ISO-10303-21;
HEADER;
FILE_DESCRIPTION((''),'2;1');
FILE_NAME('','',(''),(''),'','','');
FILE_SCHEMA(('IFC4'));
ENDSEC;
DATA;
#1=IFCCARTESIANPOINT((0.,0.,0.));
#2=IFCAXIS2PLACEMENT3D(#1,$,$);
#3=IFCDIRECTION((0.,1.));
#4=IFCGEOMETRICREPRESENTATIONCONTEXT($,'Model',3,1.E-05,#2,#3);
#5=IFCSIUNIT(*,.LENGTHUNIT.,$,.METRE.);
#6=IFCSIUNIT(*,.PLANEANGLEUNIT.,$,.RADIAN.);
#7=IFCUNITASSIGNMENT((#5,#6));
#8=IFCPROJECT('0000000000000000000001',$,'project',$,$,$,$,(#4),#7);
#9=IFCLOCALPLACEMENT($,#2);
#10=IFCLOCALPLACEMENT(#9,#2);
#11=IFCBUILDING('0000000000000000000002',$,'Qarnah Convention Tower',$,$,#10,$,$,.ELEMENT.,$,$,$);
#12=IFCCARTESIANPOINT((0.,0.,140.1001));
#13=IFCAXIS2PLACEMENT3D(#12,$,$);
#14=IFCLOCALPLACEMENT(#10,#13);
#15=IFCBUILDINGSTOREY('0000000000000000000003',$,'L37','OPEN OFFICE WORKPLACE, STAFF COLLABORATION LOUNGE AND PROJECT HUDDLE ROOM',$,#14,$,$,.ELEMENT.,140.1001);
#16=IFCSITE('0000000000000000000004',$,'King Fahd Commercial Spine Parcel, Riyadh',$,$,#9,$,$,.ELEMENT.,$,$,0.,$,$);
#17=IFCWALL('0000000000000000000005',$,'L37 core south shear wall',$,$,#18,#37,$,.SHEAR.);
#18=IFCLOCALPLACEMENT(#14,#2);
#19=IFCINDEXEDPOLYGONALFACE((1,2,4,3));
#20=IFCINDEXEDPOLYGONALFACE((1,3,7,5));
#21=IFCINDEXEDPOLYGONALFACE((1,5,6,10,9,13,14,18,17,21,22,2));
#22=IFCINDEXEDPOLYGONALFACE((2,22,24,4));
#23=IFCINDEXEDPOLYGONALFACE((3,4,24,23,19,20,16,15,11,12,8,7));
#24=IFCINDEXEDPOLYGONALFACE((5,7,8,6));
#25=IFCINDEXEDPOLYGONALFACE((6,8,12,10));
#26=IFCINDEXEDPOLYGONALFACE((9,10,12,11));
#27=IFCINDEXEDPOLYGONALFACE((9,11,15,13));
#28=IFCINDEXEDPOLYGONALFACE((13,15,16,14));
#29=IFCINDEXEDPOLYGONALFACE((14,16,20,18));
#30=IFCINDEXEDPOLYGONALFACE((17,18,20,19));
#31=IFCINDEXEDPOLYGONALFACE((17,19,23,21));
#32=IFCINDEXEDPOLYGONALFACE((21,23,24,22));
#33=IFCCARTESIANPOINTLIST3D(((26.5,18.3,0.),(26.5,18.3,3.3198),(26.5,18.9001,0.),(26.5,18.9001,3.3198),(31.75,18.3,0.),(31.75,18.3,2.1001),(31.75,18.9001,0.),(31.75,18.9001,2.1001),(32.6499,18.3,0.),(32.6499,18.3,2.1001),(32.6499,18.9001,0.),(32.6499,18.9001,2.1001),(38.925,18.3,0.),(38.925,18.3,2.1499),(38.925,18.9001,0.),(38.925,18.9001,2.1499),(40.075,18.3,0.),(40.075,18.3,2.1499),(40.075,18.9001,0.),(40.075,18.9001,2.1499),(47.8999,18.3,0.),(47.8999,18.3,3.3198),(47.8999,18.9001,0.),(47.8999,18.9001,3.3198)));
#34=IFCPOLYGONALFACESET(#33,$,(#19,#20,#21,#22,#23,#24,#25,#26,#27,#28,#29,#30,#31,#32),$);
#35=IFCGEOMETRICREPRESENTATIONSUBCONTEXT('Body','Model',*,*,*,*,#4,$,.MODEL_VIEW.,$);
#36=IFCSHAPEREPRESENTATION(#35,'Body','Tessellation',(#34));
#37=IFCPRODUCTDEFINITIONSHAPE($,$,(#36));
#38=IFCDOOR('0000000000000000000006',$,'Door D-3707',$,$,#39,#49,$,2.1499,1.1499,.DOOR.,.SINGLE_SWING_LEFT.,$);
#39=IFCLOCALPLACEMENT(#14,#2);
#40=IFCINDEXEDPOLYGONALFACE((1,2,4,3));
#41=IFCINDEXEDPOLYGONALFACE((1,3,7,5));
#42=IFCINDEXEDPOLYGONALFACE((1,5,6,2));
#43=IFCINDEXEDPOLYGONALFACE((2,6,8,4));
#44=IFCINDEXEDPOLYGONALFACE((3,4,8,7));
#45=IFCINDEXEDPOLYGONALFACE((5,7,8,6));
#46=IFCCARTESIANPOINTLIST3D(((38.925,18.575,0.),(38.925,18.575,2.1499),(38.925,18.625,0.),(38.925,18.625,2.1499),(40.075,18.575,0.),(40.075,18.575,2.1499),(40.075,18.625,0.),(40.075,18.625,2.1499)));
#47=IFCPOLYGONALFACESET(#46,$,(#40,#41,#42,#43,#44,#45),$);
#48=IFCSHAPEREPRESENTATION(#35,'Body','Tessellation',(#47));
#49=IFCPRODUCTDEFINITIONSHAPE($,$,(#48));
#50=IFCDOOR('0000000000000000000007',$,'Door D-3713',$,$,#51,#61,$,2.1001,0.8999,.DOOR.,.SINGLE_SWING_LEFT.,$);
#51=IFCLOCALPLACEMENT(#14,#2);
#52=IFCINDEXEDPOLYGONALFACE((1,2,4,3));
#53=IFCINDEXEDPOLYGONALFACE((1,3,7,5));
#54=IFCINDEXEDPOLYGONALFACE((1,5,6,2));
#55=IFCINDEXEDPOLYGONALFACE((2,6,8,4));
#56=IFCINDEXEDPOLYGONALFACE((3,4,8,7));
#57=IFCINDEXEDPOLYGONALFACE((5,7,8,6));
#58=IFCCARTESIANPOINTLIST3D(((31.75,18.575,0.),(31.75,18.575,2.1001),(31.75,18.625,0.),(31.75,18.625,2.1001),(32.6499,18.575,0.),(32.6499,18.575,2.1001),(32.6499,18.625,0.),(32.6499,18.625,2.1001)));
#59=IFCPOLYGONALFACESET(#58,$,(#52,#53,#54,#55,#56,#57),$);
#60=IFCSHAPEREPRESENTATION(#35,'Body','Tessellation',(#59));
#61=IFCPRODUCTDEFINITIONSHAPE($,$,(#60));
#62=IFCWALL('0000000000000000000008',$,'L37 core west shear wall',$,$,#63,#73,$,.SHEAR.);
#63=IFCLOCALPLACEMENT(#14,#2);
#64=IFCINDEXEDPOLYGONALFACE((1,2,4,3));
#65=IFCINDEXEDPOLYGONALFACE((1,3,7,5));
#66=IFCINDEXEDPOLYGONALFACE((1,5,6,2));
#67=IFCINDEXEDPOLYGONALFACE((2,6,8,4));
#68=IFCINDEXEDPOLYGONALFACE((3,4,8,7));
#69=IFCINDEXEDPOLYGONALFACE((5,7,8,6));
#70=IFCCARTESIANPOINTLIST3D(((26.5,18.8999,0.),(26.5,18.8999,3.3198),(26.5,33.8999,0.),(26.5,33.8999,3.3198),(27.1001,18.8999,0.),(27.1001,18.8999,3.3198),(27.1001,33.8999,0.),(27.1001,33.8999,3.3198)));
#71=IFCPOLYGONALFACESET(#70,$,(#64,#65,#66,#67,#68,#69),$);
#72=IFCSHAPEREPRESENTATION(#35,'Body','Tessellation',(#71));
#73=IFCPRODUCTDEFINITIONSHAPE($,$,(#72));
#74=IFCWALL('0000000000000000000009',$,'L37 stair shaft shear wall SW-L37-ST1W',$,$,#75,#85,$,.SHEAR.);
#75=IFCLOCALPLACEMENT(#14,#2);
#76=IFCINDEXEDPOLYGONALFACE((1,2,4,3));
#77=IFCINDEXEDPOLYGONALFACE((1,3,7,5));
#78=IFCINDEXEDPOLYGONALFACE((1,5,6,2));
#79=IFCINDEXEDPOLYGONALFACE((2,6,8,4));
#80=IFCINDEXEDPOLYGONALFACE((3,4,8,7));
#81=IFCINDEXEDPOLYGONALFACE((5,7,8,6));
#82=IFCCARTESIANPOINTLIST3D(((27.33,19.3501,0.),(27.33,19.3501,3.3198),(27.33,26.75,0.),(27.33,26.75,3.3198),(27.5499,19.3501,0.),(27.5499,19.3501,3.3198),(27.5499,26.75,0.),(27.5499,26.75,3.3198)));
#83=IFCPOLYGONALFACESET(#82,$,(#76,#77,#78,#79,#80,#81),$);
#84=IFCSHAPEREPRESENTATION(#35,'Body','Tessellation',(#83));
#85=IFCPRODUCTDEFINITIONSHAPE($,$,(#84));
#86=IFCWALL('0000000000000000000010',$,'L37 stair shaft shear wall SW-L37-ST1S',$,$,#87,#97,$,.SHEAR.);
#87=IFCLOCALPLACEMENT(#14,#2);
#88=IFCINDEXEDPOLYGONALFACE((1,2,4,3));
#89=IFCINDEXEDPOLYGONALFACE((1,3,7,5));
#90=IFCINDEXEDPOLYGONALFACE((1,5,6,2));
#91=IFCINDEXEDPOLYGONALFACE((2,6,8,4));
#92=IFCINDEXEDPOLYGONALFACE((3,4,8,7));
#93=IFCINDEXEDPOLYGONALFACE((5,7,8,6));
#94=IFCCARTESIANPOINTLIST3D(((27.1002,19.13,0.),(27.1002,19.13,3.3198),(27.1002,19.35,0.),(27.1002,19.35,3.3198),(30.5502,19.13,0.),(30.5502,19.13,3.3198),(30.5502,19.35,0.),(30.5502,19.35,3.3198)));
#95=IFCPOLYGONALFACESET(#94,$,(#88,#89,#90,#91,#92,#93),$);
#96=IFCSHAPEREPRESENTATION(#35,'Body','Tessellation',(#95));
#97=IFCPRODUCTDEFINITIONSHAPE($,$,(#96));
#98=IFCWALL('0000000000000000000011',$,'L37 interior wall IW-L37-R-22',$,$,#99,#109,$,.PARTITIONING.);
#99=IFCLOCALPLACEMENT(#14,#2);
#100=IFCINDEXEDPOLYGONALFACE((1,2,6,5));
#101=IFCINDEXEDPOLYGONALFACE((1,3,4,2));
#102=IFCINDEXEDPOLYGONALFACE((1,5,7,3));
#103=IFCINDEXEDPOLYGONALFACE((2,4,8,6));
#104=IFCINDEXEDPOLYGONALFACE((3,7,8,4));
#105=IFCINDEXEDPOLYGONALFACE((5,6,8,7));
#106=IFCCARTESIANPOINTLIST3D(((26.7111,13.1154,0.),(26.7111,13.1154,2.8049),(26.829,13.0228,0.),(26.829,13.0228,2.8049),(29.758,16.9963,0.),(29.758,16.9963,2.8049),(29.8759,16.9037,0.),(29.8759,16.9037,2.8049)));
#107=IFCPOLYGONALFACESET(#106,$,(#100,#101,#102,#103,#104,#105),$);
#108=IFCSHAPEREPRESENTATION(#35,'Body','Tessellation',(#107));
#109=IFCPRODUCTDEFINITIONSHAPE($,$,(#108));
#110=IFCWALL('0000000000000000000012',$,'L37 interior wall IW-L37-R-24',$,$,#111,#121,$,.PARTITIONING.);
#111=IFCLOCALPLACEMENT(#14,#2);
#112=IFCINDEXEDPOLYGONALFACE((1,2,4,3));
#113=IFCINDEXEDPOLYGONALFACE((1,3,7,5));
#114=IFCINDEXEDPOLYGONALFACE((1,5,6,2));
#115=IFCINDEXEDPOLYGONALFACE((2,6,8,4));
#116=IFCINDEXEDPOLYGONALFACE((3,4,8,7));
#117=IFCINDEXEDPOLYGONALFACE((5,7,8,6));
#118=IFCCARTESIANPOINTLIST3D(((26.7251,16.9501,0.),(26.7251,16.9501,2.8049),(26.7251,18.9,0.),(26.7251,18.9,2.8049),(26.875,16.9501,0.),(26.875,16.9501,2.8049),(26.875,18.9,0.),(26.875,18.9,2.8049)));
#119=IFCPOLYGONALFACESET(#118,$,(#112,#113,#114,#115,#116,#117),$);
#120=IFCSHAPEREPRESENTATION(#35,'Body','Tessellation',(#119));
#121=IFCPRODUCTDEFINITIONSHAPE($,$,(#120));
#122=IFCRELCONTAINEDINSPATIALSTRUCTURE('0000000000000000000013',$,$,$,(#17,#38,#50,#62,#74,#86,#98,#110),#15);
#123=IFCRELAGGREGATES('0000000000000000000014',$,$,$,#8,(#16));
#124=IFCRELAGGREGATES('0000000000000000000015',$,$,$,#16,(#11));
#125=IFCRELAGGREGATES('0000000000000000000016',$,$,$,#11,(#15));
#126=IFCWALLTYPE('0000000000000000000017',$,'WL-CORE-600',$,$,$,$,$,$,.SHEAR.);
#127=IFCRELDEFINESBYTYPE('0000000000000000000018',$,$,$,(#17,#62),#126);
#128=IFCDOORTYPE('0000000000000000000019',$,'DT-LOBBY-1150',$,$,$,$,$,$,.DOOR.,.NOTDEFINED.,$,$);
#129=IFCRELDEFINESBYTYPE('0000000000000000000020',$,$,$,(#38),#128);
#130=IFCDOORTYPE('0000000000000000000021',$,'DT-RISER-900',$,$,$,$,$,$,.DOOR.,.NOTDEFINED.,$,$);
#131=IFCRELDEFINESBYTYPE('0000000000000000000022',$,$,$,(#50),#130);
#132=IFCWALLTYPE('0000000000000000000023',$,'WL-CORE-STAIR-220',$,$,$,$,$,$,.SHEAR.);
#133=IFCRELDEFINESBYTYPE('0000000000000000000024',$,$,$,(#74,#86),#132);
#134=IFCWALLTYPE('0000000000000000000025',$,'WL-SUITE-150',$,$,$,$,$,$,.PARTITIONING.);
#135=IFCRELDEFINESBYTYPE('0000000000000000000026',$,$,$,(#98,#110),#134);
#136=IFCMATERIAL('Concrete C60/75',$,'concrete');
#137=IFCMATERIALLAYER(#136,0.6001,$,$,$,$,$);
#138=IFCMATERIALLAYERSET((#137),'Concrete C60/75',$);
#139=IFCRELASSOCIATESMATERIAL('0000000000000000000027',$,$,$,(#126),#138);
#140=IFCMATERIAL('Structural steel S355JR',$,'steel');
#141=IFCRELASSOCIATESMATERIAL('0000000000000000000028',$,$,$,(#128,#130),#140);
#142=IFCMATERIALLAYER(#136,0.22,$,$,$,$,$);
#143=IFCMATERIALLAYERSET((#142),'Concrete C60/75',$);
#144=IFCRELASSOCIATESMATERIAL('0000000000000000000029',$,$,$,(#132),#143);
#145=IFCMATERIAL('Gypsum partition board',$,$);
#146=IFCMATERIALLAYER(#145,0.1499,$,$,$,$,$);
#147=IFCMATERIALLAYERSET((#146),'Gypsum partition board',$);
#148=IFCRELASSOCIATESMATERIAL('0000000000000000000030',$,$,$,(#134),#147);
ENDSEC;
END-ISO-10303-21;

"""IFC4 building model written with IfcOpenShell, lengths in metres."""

from ifc_helpers import new_model, si_unit, direction, frame, frame_2d, origin, place, context, subcontext, project, spatial, rectangle, extrude, material, layer, layer_set, type_object, element, fill, save


model = new_model("IFC4")

# Units and contexts
model_context = context("Model", 3, precision=1e-05, world=origin(), true_north=direction((0.0, 1.0)))
body_context = subcontext(model_context, "Body", "Model", "MODEL_VIEW")
ifc_project = project(units=[si_unit("LENGTHUNIT", "METRE"), si_unit("PLANEANGLEUNIT", "RADIAN")], contexts=[model_context])

# Site, building, storey
site_placement = place(None, origin())
site = spatial("IfcSite", under=ifc_project, at=site_placement, Name="King Fahd Commercial Spine Parcel, Riyadh", CompositionType="ELEMENT", RefElevation=0.0)
building_placement = place(site_placement, origin())
building = spatial("IfcBuilding", under=site, at=building_placement, Name="Qarnah Convention Tower", CompositionType="ELEMENT")
storey_placement = place(building_placement, frame((0.0, 0.0, 140.1001)))
storey = spatial("IfcBuildingStorey", under=building, at=storey_placement, Name="L37", Description="OPEN OFFICE WORKPLACE, STAFF COLLABORATION LOUNGE AND PROJECT HUDDLE ROOM", CompositionType="ELEMENT", Elevation=140.1001)

# Shared definitions
ifc_material_1 = material(Name="Concrete C60/75", Category="concrete")

# Shared definitions
ifc_material_2 = material(Name="Structural steel S355JR", Category="steel")

# Wall, openings, doors
ifc_layer_1 = layer(ifc_material_1, 0.6001)
ifc_layer_set_1 = layer_set([ifc_layer_1], Name="Concrete C60/75")
wall_type_1 = type_object("IfcWallType", Name="WL-CORE-600", PredefinedType="SHEAR", material=ifc_layer_set_1)
wall_1_placement = place(storey_placement, frame((26.5, 18.6001, 0.0), z_axis=(0.0, 0.0, 1.0), x_axis=(1.0, 0.0, 0.0)))
wall_1 = element("IfcWall", 1, at=wall_1_placement, inside=storey, type_object=wall_type_1, Name="L37 core south shear wall", PredefinedType="SHEAR", context=body_context, shape_type="SweptSolid", body=[
    extrude(rectangle(XDim=21.3999, YDim=0.6001, at=frame_2d((10.7, 0.0))), origin(), (0.0, 0.0, 1.0), 3.3198),
])
opening_1_placement = place(wall_1_placement, frame((12.425, 0.0, 0.0)))
opening_1 = element("IfcOpeningElement", 2, at=opening_1_placement, cuts=wall_1, PredefinedType="OPENING", context=body_context, shape_type="SweptSolid", body=[
    extrude(rectangle(XDim=1.1499, YDim=2.1499, at=frame_2d((0.575, 1.075))), frame((0.0, 0.3101, 0.0), z_axis=(0.0, -1.0, 0.0), x_axis=(1.0, 0.0, 0.0)), (0.0, 0.0, 1.0), 0.6201),
])
opening_2_placement = place(wall_1_placement, frame((5.25, 0.0, 0.0)))
opening_2 = element("IfcOpeningElement", 3, at=opening_2_placement, cuts=wall_1, PredefinedType="OPENING", context=body_context, shape_type="SweptSolid", body=[
    extrude(rectangle(XDim=0.8999, YDim=2.1001, at=frame_2d((0.45, 1.05))), frame((0.0, 0.3101, 0.0), z_axis=(0.0, -1.0, 0.0), x_axis=(1.0, 0.0, 0.0)), (0.0, 0.0, 1.0), 0.6201),
])
door_type_1 = type_object("IfcDoorType", Name="DT-LOBBY-1150", OperationType="NOTDEFINED", PredefinedType="DOOR", material=ifc_material_2)
door_1_placement = place(opening_1_placement, origin())
door_1 = element("IfcDoor", 4, at=door_1_placement, inside=storey, type_object=door_type_1, Name="Door D-3707", OperationType="SINGLE_SWING_LEFT", OverallHeight=2.1499, OverallWidth=1.1499, PredefinedType="DOOR", context=body_context, shape_type="SweptSolid", body=[
    extrude(rectangle(XDim=1.1499, YDim=2.1499, at=frame_2d((0.575, 1.075))), frame((0.0, 0.0249, 0.0), z_axis=(0.0, -1.0, 0.0), x_axis=(1.0, 0.0, 0.0)), (0.0, 0.0, 1.0), 0.05),
])
fill(opening_1, door_1)
door_type_2 = type_object("IfcDoorType", Name="DT-RISER-900", OperationType="NOTDEFINED", PredefinedType="DOOR", material=ifc_material_2)
door_2_placement = place(opening_2_placement, origin())
door_2 = element("IfcDoor", 5, at=door_2_placement, inside=storey, type_object=door_type_2, Name="Door D-3713", OperationType="SINGLE_SWING_LEFT", OverallHeight=2.1001, OverallWidth=0.8999, PredefinedType="DOOR", context=body_context, shape_type="SweptSolid", body=[
    extrude(rectangle(XDim=0.8999, YDim=2.1001, at=frame_2d((0.45, 1.05))), frame((0.0, 0.0249, 0.0), z_axis=(0.0, -1.0, 0.0), x_axis=(1.0, 0.0, 0.0)), (0.0, 0.0, 1.0), 0.05),
])
fill(opening_2, door_2)

# Walls
wall_2_placement = place(storey_placement, frame((26.8, 18.8999, 0.0), z_axis=(0.0, 0.0, 1.0), x_axis=(0.0, 1.0, 0.0)))
element("IfcWall", 6, at=wall_2_placement, inside=storey, type_object=wall_type_1, Name="L37 core west shear wall", PredefinedType="SHEAR", context=body_context, shape_type="SweptSolid", body=[
    extrude(rectangle(XDim=15.0, YDim=0.6001, at=frame_2d((7.5, 0.0))), origin(), (0.0, 0.0, 1.0), 3.3198),
])
ifc_layer_2 = layer(ifc_material_1, 0.22)
ifc_layer_set_2 = layer_set([ifc_layer_2], Name="Concrete C60/75")
wall_type_2 = type_object("IfcWallType", Name="WL-CORE-STAIR-220", PredefinedType="SHEAR", material=ifc_layer_set_2)
wall_3_placement = place(storey_placement, frame((27.4399, 19.3501, 0.0), z_axis=(0.0, 0.0, 1.0), x_axis=(0.0, 1.0, 0.0)))
element("IfcWall", 7, at=wall_3_placement, inside=storey, type_object=wall_type_2, Name="L37 stair shaft shear wall SW-L37-ST1W", PredefinedType="SHEAR", context=body_context, shape_type="SweptSolid", body=[
    extrude(rectangle(XDim=7.3999, YDim=0.22, at=frame_2d((3.7, 0.0))), origin(), (0.0, 0.0, 1.0), 3.3198),
])
wall_4_placement = place(storey_placement, frame((27.1001, 19.24, 0.0), z_axis=(0.0, 0.0, 1.0), x_axis=(1.0, 0.0, 0.0)))
element("IfcWall", 8, at=wall_4_placement, inside=storey, type_object=wall_type_2, Name="L37 stair shaft shear wall SW-L37-ST1S", PredefinedType="SHEAR", context=body_context, shape_type="SweptSolid", body=[
    extrude(rectangle(XDim=3.45, YDim=0.22, at=frame_2d((1.7251, 0.0))), origin(), (0.0, 0.0, 1.0), 3.3198),
])
ifc_material_3 = material(Name="Gypsum partition board")
ifc_layer_3 = layer(ifc_material_3, 0.1499)
ifc_layer_set_3 = layer_set([ifc_layer_3], Name="Gypsum partition board")
wall_type_3 = type_object("IfcWallType", Name="WL-SUITE-150", PredefinedType="PARTITIONING", material=ifc_layer_set_3)
wall_5_placement = place(storey_placement, frame((26.77, 13.0691, 0.0), z_axis=(0.0, 0.0, 1.0), x_axis=(0.617524, 0.786552, 0.0)))
element("IfcWall", 9, at=wall_5_placement, inside=storey, type_object=wall_type_3, Name="L37 interior wall IW-L37-R-22", PredefinedType="PARTITIONING", context=body_context, shape_type="SweptSolid", body=[
    extrude(rectangle(XDim=4.9341, YDim=0.1499, at=frame_2d((2.467, 0.0))), origin(), (0.0, 0.0, 1.0), 2.8049),
])
wall_6_placement = place(storey_placement, frame((26.8, 16.95, 0.0), z_axis=(0.0, 0.0, 1.0), x_axis=(0.0, 1.0, 0.0)))
element("IfcWall", 10, at=wall_6_placement, inside=storey, type_object=wall_type_3, Name="L37 interior wall IW-L37-R-24", PredefinedType="PARTITIONING", context=body_context, shape_type="SweptSolid", body=[
    extrude(rectangle(XDim=1.95, YDim=0.1499, at=frame_2d((0.9751, 0.0))), origin(), (0.0, 0.0, 1.0), 2.8049),
])

save(model, "model.ifc")
